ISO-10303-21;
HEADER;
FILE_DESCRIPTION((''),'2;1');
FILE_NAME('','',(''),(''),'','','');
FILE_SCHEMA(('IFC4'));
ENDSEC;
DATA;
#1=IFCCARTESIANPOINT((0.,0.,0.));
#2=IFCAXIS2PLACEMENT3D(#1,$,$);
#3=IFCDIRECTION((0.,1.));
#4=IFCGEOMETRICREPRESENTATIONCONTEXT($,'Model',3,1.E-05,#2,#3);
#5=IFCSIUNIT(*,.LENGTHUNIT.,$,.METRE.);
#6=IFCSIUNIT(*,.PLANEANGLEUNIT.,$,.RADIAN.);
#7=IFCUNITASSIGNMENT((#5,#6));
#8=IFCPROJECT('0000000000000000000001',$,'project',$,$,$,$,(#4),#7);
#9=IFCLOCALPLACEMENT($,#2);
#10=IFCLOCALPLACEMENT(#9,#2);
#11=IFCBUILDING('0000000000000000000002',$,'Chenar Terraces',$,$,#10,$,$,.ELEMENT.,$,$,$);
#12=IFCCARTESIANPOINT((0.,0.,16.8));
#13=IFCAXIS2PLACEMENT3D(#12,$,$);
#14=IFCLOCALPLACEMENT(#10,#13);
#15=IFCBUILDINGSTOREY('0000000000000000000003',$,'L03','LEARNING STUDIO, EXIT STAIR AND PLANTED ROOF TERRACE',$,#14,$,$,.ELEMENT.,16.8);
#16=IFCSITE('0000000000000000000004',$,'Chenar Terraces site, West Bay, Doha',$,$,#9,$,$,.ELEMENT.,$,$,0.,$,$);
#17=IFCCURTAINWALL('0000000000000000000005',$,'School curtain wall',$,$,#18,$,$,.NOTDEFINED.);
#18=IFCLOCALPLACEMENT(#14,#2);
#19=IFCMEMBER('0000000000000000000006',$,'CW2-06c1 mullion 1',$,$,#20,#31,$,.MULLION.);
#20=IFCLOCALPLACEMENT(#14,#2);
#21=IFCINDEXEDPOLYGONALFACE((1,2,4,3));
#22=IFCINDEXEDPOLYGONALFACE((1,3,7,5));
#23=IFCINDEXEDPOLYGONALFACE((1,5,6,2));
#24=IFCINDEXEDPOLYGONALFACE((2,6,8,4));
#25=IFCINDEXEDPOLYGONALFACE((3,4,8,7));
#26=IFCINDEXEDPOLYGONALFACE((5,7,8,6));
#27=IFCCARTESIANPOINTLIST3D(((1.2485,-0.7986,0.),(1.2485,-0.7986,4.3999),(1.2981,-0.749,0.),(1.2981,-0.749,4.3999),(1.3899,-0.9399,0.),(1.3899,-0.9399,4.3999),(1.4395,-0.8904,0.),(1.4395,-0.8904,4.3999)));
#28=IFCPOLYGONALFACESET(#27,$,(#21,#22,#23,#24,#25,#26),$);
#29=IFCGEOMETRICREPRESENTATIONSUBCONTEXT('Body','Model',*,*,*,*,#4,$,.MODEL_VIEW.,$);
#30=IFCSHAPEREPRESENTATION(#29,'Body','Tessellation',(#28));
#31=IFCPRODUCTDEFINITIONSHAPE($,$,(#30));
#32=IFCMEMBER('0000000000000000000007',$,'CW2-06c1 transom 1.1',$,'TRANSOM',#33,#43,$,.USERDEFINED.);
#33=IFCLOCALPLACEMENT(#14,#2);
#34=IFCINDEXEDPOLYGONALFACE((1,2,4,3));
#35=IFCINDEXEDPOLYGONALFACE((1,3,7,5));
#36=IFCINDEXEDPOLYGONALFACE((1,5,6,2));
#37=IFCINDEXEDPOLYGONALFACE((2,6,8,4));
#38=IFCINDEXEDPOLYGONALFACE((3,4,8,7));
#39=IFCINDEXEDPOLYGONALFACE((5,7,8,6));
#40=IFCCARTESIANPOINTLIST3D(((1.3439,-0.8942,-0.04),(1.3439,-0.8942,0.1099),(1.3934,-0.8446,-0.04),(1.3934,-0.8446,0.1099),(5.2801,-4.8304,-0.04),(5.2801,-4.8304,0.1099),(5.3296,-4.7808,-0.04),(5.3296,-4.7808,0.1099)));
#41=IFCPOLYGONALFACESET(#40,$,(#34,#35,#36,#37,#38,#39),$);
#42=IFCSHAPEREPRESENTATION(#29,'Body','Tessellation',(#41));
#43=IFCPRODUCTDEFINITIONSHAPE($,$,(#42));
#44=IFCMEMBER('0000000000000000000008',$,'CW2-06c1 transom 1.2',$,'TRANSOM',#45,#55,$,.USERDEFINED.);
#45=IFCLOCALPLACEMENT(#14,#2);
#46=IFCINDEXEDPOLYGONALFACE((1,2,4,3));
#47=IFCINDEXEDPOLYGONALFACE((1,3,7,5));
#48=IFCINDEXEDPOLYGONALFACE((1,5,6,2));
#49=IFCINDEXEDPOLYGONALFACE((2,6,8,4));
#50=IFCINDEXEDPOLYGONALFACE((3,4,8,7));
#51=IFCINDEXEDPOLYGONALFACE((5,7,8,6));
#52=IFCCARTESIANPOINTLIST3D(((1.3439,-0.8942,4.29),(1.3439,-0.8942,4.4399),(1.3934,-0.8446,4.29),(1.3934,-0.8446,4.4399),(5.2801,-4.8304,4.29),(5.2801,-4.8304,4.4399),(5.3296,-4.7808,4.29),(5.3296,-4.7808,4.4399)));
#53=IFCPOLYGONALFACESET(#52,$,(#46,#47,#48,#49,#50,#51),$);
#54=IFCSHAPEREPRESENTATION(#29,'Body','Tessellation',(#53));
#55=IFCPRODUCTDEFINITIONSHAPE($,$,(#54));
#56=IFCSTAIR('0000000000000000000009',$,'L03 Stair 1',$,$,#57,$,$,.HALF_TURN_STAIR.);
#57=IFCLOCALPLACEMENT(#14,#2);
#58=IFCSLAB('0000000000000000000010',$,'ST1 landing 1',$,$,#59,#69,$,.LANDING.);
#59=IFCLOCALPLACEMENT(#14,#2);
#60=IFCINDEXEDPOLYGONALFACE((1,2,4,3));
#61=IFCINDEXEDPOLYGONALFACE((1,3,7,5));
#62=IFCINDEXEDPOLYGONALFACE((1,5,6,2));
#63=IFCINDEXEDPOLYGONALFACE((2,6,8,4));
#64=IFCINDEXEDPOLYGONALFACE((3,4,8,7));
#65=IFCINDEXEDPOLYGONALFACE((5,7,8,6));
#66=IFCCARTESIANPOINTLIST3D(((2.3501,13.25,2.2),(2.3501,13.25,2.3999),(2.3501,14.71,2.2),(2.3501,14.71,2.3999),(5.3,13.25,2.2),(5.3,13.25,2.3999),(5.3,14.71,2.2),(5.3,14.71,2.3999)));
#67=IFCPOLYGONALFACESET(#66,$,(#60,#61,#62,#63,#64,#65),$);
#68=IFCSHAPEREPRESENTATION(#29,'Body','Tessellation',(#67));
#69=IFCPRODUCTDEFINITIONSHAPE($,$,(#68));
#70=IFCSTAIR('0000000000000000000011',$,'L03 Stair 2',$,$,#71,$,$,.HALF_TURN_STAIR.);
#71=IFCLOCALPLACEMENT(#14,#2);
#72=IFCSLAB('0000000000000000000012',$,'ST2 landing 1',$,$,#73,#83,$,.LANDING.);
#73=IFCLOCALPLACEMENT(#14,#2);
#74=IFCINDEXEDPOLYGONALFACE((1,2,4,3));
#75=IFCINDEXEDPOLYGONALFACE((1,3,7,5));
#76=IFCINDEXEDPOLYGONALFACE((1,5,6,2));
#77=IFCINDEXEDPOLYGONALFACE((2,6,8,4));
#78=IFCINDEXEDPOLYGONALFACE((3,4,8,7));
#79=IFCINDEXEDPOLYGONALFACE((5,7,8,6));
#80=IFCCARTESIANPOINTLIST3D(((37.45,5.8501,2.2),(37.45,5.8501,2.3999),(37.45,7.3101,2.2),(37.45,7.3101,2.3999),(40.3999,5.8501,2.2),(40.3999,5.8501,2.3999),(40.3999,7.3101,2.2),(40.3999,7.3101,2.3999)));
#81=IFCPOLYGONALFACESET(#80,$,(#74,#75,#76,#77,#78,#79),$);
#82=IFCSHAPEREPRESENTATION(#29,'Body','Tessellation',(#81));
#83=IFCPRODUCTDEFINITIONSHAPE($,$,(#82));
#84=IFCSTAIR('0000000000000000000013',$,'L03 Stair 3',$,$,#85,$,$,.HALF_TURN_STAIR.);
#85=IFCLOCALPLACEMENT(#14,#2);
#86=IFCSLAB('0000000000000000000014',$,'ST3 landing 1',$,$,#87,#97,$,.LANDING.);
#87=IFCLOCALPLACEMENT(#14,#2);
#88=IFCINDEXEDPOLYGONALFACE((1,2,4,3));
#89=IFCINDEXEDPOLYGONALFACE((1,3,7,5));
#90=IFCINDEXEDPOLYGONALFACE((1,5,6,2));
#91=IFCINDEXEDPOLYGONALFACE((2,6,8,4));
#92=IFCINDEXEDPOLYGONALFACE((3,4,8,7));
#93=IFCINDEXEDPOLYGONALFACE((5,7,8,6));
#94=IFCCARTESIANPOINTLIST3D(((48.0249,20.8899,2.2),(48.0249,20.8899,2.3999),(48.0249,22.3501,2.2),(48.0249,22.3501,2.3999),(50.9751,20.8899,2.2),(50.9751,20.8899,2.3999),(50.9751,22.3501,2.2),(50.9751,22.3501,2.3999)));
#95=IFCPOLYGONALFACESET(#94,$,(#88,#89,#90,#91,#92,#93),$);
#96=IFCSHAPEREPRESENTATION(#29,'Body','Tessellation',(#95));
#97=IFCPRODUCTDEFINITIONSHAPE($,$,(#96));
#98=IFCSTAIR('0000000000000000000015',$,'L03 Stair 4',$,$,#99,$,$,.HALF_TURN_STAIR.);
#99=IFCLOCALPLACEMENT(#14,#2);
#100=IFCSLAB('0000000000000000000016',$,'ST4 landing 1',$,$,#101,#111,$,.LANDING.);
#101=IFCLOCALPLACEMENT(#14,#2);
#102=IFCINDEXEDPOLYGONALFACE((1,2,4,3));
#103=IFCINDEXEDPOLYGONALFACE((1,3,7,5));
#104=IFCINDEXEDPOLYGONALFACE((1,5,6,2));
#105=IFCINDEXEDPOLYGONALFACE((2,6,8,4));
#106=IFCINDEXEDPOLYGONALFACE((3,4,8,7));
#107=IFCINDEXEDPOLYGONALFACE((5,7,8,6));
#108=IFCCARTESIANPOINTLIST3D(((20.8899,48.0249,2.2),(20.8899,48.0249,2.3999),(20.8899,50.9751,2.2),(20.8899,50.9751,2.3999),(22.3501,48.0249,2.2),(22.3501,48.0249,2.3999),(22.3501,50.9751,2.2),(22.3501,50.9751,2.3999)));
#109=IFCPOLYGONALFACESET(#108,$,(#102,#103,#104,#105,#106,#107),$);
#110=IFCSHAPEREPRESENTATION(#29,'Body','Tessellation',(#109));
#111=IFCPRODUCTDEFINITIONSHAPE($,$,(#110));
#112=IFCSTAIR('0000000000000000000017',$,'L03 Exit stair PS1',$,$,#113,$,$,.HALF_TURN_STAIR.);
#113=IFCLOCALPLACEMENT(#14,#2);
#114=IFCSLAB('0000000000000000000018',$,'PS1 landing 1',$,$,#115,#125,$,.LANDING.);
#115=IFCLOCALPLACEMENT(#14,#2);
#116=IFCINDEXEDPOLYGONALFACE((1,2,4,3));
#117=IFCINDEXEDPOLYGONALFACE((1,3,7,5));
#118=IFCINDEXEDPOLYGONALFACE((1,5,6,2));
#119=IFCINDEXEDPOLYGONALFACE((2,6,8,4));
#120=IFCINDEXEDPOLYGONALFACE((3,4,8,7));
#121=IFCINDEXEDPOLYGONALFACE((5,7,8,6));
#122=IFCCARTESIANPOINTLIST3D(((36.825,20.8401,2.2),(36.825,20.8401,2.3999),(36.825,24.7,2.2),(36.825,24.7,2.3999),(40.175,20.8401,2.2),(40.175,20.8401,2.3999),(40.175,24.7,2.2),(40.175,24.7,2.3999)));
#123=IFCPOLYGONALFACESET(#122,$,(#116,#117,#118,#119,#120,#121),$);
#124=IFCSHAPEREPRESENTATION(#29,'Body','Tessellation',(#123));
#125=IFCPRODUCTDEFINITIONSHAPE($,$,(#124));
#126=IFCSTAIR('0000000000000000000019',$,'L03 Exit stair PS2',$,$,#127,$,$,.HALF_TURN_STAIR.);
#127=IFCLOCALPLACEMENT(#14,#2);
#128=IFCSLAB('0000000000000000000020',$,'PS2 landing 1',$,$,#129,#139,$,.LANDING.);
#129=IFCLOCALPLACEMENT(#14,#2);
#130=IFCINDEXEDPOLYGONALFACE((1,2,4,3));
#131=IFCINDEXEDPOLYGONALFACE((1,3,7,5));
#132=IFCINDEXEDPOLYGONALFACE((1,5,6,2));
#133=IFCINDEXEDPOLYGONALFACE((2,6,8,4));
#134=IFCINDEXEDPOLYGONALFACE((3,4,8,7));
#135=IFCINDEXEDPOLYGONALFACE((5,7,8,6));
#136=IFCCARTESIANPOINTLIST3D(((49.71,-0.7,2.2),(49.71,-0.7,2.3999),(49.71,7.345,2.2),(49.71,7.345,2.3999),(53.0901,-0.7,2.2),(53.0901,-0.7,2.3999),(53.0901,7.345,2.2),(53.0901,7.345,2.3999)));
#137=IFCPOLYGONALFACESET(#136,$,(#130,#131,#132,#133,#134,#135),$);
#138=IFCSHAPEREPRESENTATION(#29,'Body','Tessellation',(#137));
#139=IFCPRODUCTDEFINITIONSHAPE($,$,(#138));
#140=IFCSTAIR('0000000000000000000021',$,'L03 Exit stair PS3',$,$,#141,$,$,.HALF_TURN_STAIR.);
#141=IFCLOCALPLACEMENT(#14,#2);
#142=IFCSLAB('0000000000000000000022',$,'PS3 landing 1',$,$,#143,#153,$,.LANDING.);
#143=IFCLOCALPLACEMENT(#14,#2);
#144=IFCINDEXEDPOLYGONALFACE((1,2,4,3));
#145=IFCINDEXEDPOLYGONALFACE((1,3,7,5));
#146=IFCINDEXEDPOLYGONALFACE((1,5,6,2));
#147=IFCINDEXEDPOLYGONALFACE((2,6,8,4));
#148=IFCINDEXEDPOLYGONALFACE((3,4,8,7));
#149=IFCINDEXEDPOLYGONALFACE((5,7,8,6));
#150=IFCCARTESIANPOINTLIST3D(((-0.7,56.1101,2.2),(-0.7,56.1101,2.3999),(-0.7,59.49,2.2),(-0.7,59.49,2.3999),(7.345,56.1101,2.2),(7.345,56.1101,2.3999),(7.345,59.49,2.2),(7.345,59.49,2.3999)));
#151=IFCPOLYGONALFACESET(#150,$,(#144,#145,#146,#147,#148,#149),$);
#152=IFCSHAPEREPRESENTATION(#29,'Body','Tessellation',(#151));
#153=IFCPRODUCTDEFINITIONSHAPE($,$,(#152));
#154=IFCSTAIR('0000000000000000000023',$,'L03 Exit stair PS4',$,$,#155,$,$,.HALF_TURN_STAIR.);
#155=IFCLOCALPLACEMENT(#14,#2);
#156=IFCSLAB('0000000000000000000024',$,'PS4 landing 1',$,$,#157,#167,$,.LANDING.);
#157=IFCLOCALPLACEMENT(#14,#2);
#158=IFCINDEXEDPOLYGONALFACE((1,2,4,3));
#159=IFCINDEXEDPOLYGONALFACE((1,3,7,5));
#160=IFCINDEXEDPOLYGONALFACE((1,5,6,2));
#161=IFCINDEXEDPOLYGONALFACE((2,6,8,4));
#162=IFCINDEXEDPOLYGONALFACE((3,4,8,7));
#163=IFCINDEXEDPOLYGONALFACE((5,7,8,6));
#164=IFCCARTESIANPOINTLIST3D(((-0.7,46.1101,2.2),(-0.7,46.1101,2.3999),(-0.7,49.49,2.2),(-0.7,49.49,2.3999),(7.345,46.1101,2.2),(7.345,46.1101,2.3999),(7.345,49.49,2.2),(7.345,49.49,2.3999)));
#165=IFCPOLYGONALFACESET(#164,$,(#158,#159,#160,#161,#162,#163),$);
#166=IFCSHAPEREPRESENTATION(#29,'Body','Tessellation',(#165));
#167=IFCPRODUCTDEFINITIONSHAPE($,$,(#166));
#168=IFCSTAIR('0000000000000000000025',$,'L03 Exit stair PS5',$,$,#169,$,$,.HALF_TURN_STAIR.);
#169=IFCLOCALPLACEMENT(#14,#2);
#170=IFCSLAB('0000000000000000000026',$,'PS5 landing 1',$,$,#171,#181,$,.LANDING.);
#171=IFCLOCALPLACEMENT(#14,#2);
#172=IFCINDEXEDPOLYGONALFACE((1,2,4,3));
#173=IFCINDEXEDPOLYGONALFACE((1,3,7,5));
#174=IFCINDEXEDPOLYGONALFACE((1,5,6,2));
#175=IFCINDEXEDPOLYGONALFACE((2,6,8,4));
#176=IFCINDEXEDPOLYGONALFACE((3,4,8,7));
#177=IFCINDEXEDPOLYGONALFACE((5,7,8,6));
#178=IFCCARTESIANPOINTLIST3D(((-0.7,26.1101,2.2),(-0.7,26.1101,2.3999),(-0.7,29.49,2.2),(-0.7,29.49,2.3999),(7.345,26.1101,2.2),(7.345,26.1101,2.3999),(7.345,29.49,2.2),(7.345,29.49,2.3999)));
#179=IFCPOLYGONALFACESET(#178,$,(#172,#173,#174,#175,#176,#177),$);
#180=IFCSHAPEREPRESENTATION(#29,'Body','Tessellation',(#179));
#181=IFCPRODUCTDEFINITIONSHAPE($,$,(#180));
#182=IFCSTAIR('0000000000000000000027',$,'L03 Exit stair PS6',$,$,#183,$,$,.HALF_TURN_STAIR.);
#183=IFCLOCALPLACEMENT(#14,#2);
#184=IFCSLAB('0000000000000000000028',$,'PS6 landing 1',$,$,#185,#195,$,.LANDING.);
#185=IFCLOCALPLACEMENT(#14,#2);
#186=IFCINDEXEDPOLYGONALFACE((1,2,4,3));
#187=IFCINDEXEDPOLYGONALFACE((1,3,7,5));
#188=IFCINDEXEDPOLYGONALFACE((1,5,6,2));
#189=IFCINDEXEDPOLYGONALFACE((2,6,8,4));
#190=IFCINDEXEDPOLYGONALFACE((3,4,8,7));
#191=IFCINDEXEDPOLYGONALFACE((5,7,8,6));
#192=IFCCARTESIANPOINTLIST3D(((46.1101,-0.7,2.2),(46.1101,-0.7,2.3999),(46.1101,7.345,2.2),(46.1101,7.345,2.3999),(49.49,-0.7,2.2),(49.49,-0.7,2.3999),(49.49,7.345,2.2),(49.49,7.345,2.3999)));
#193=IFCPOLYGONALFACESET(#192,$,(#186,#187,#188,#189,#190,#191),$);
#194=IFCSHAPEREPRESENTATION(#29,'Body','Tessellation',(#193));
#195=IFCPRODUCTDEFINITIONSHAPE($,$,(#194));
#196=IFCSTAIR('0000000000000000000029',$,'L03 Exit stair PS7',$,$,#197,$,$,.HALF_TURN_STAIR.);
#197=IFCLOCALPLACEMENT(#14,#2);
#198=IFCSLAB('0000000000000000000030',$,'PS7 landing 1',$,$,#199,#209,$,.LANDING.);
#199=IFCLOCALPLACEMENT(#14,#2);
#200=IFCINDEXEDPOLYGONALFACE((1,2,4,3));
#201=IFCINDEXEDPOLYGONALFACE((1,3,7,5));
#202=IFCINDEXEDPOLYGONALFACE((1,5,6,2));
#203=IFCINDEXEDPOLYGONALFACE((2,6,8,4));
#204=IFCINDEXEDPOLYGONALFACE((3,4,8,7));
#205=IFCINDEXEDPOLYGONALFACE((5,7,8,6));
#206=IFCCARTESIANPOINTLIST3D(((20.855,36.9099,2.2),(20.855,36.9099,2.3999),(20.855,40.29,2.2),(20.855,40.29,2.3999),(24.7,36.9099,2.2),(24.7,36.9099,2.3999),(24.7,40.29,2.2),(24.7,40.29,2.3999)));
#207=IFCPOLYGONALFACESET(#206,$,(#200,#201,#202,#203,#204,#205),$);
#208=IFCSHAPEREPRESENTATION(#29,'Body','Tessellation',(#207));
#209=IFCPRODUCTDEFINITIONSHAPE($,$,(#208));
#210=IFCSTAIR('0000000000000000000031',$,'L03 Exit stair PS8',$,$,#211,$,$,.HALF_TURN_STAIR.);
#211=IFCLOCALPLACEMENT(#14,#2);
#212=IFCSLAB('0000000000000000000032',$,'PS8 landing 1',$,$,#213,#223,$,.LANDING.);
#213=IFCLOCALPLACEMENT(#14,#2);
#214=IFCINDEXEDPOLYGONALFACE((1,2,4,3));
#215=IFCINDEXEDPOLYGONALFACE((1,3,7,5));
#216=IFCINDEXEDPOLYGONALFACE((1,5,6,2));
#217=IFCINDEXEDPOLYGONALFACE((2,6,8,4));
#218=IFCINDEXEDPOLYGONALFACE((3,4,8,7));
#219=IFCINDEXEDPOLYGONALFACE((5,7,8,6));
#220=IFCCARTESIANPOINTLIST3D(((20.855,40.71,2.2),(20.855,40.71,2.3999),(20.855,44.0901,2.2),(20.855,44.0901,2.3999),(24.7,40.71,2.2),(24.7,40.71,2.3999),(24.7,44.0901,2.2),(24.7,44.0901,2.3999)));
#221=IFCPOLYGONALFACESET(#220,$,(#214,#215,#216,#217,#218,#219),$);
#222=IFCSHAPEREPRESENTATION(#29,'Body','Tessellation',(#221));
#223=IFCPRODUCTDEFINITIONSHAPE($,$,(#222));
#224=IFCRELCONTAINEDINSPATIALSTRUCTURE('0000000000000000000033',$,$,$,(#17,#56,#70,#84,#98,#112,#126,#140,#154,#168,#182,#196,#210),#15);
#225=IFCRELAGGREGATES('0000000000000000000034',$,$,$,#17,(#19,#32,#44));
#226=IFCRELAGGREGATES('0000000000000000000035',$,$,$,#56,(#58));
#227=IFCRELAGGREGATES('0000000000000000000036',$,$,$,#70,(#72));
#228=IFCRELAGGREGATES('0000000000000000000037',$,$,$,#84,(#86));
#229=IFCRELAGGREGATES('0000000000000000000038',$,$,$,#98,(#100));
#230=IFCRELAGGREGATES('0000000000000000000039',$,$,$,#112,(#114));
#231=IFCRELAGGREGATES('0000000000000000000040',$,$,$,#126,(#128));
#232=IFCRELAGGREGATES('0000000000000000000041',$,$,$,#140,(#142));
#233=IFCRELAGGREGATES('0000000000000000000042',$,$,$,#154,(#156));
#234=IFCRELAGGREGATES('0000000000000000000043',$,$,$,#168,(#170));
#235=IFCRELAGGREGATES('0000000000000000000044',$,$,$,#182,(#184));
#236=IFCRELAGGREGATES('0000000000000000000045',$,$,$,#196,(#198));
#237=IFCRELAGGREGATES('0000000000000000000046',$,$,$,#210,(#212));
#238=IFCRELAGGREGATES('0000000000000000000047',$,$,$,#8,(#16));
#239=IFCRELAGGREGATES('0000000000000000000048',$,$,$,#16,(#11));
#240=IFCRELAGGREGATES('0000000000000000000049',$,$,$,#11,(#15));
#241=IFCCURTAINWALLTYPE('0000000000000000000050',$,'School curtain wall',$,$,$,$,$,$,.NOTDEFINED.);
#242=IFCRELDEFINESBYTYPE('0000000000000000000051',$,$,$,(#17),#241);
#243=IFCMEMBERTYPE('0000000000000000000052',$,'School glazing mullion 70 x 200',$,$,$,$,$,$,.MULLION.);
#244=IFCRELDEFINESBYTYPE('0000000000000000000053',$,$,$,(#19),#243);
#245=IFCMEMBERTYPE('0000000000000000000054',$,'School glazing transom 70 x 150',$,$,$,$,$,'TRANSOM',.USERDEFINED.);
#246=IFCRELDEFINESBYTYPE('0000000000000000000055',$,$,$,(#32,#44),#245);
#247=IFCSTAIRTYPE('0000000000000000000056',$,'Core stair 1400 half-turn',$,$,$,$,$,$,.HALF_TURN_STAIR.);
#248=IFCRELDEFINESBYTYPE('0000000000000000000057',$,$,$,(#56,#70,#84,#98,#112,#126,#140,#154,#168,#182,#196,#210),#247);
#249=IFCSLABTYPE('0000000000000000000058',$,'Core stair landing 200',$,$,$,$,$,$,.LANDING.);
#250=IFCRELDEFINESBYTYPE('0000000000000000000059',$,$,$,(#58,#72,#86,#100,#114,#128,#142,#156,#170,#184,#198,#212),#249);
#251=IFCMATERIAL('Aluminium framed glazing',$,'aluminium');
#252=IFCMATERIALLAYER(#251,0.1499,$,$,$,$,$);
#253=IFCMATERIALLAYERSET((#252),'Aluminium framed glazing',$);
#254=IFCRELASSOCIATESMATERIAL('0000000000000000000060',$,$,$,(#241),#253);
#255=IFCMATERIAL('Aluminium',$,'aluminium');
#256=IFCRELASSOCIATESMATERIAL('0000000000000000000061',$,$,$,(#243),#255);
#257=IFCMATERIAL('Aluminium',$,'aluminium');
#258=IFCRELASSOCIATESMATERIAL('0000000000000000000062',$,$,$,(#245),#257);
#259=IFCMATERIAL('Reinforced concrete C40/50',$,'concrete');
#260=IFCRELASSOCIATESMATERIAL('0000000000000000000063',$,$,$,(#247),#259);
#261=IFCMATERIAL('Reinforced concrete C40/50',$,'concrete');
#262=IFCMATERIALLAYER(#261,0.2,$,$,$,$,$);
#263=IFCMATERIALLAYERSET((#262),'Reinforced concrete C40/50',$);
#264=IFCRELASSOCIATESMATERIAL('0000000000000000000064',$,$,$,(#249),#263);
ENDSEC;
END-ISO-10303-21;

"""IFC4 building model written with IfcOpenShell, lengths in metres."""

from ifc_helpers import new_model, si_unit, direction, frame, origin, origin_2d, place, context, subcontext, project, spatial, polyline, rectangle, outline, extrude, material, layer, layer_set, material_profile, profile_set, type_object, element, aggregate, save


model = new_model("IFC4")

# Units and contexts
model_context = context("Model", 3, precision=1e-05, world=origin(), true_north=direction((0.0, 1.0)))
body_context = subcontext(model_context, "Body", "Model", "MODEL_VIEW")
ifc_project = project(units=[si_unit("LENGTHUNIT", "METRE"), si_unit("PLANEANGLEUNIT", "RADIAN")], contexts=[model_context])

# Site, building, storey
site_placement = place(None, origin())
site = spatial("IfcSite", under=ifc_project, at=site_placement, Name="Chenar Terraces site, West Bay, Doha", CompositionType="ELEMENT", RefElevation=0.0)
building_placement = place(site_placement, origin())
building = spatial("IfcBuilding", under=site, at=building_placement, Name="Chenar Terraces", CompositionType="ELEMENT")
storey_placement = place(building_placement, frame((0.0, 0.0, 16.8)))
storey = spatial("IfcBuildingStorey", under=building, at=storey_placement, Name="L03", Description="LEARNING STUDIO, EXIT STAIR AND PLANTED ROOF TERRACE", CompositionType="ELEMENT", Elevation=16.8)

# Curtain wall, members
ifc_material_1 = material(Name="Aluminium framed glazing", Category="aluminium")
ifc_layer_1 = layer(ifc_material_1, 0.1499)
ifc_layer_set_1 = layer_set([ifc_layer_1], Name="Aluminium framed glazing")
curtain_wall_type = type_object("IfcCurtainWallType", Name="School curtain wall", PredefinedType="NOTDEFINED", material=ifc_layer_set_1)
placement_1 = place(storey_placement, origin())
curtain_wall = element("IfcCurtainWall", 1, at=placement_1, inside=storey, type_object=curtain_wall_type, Name="School curtain wall", PredefinedType="NOTDEFINED")
ifc_material_2 = material(Name="Aluminium", Category="aluminium")
ifc_material_profile_1 = material_profile(ifc_material_2, rectangle(XDim=0.0701, YDim=0.2, at=origin_2d()), Name="School glazing mullion 70 x 200")
ifc_profile_set_1 = profile_set([ifc_material_profile_1], Name="Aluminium")
member_type_1 = type_object("IfcMemberType", Name="School glazing mullion 70 x 200", PredefinedType="MULLION", material=ifc_profile_set_1)
member_1_placement = place(storey_placement, frame((1.344, -0.8445, 0.0), z_axis=(0.0, 0.0, 1.0), x_axis=(0.707107, 0.707107, 0.0)))
member_1 = element("IfcMember", 2, at=member_1_placement, type_object=member_type_1, Name="CW2-06c1 mullion 1", PredefinedType="MULLION", context=body_context, shape_type="SweptSolid", body=[
    extrude(rectangle(XDim=0.0701, YDim=0.2, at=origin_2d()), origin(), (0.0, 0.0, 1.0), 4.3999),
])
ifc_material_3 = material(Name="Aluminium", Category="aluminium")
ifc_material_profile_2 = material_profile(ifc_material_3, rectangle(XDim=0.0701, YDim=0.1499, at=origin_2d()), Name="School glazing transom 70 x 150")
ifc_profile_set_2 = profile_set([ifc_material_profile_2], Name="Aluminium")
member_type_2 = type_object("IfcMemberType", Name="School glazing transom 70 x 150", ElementType="TRANSOM", PredefinedType="USERDEFINED", material=ifc_profile_set_2)
member_2_placement = place(storey_placement, frame((1.3687, -0.8694, 0.0349), z_axis=(0.707107, -0.707107, 0.0), x_axis=(0.707107, 0.707107, 0.0)))
member_2 = element("IfcMember", 3, at=member_2_placement, type_object=member_type_2, Name="CW2-06c1 transom 1.1", ObjectType="TRANSOM", PredefinedType="USERDEFINED", context=body_context, shape_type="SweptSolid", body=[
    extrude(rectangle(XDim=0.0701, YDim=0.1499, at=origin_2d()), origin(), (0.0, 0.0, 1.0), 5.5667),
])
member_3_placement = place(storey_placement, frame((1.3687, -0.8694, 4.365), z_axis=(0.707107, -0.707107, 0.0), x_axis=(0.707107, 0.707107, 0.0)))
member_3 = element("IfcMember", 4, at=member_3_placement, type_object=member_type_2, Name="CW2-06c1 transom 1.2", ObjectType="TRANSOM", PredefinedType="USERDEFINED", context=body_context, shape_type="SweptSolid", body=[
    extrude(rectangle(XDim=0.0701, YDim=0.1499, at=origin_2d()), origin(), (0.0, 0.0, 1.0), 5.5667),
])
aggregate(curtain_wall, [member_1, member_2, member_3])

# Stairs, slabs
ifc_material_4 = material(Name="Reinforced concrete C40/50", Category="concrete")
stair_type = type_object("IfcStairType", Name="Core stair 1400 half-turn", PredefinedType="HALF_TURN_STAIR", material=ifc_material_4)
stair_1 = element("IfcStair", 5, at=placement_1, inside=storey, type_object=stair_type, Name="L03 Stair 1", PredefinedType="HALF_TURN_STAIR")
ifc_material_5 = material(Name="Reinforced concrete C40/50", Category="concrete")
ifc_layer_2 = layer(ifc_material_5, 0.2)
ifc_layer_set_2 = layer_set([ifc_layer_2], Name="Reinforced concrete C40/50")
slab_type_1 = type_object("IfcSlabType", Name="Core stair landing 200", PredefinedType="LANDING", material=ifc_layer_set_2)
placement_2 = place(storey_placement, frame((0.0, 0.0, 2.2)))
slab_1 = element("IfcSlab", 6, at=placement_2, type_object=slab_type_1, Name="ST1 landing 1", PredefinedType="LANDING", context=body_context, shape_type="SweptSolid", body=[
    extrude(outline(polyline([(2.3501, 14.71), (2.3501, 13.25), (5.3, 13.25), (5.3, 14.71), (2.3501, 14.71)])), origin(), (0.0, 0.0, 1.0), 0.2),
])
aggregate(stair_1, [slab_1])
stair_2 = element("IfcStair", 7, at=placement_1, inside=storey, type_object=stair_type, Name="L03 Stair 2", PredefinedType="HALF_TURN_STAIR")
slab_2 = element("IfcSlab", 8, at=placement_2, type_object=slab_type_1, Name="ST2 landing 1", PredefinedType="LANDING", context=body_context, shape_type="SweptSolid", body=[
    extrude(outline(polyline([(37.45, 7.3101), (37.45, 5.8501), (40.3999, 5.8501), (40.3999, 7.3101), (37.45, 7.3101)])), origin(), (0.0, 0.0, 1.0), 0.2),
])
aggregate(stair_2, [slab_2])
stair_3 = element("IfcStair", 9, at=placement_1, inside=storey, type_object=stair_type, Name="L03 Stair 3", PredefinedType="HALF_TURN_STAIR")
slab_3 = element("IfcSlab", 10, at=placement_2, type_object=slab_type_1, Name="ST3 landing 1", PredefinedType="LANDING", context=body_context, shape_type="SweptSolid", body=[
    extrude(outline(polyline([(50.9751, 20.8899), (50.9751, 22.3501), (48.0249, 22.3501), (48.0249, 20.8899), (50.9751, 20.8899)])), origin(), (0.0, 0.0, 1.0), 0.2),
])
aggregate(stair_3, [slab_3])
stair_4 = element("IfcStair", 11, at=placement_1, inside=storey, type_object=stair_type, Name="L03 Stair 4", PredefinedType="HALF_TURN_STAIR")
slab_4 = element("IfcSlab", 12, at=placement_2, type_object=slab_type_1, Name="ST4 landing 1", PredefinedType="LANDING", context=body_context, shape_type="SweptSolid", body=[
    extrude(outline(polyline([(20.8899, 48.0249), (22.3501, 48.0249), (22.3501, 50.9751), (20.8899, 50.9751), (20.8899, 48.0249)])), origin(), (0.0, 0.0, 1.0), 0.2),
])
aggregate(stair_4, [slab_4])
stair_5 = element("IfcStair", 13, at=placement_1, inside=storey, type_object=stair_type, Name="L03 Exit stair PS1", PredefinedType="HALF_TURN_STAIR")
slab_5 = element("IfcSlab", 14, at=placement_2, type_object=slab_type_1, Name="PS1 landing 1", PredefinedType="LANDING", context=body_context, shape_type="SweptSolid", body=[
    extrude(outline(polyline([(40.175, 20.8401), (40.175, 24.7), (36.825, 24.7), (36.825, 20.8401), (40.175, 20.8401)])), origin(), (0.0, 0.0, 1.0), 0.2),
])
aggregate(stair_5, [slab_5])
stair_6 = element("IfcStair", 15, at=placement_1, inside=storey, type_object=stair_type, Name="L03 Exit stair PS2", PredefinedType="HALF_TURN_STAIR")
slab_6 = element("IfcSlab", 16, at=placement_2, type_object=slab_type_1, Name="PS2 landing 1", PredefinedType="LANDING", context=body_context, shape_type="SweptSolid", body=[
    extrude(outline(polyline([(49.71, 7.345), (49.71, -0.7), (53.0901, -0.7), (53.0901, 7.345), (49.71, 7.345)])), origin(), (0.0, 0.0, 1.0), 0.2),
])
aggregate(stair_6, [slab_6])
stair_7 = element("IfcStair", 17, at=placement_1, inside=storey, type_object=stair_type, Name="L03 Exit stair PS3", PredefinedType="HALF_TURN_STAIR")
slab_7 = element("IfcSlab", 18, at=placement_2, type_object=slab_type_1, Name="PS3 landing 1", PredefinedType="LANDING", context=body_context, shape_type="SweptSolid", body=[
    extrude(outline(polyline([(7.345, 59.49), (-0.7, 59.49), (-0.7, 56.1101), (7.345, 56.1101), (7.345, 59.49)])), origin(), (0.0, 0.0, 1.0), 0.2),
])
aggregate(stair_7, [slab_7])
stair_8 = element("IfcStair", 19, at=placement_1, inside=storey, type_object=stair_type, Name="L03 Exit stair PS4", PredefinedType="HALF_TURN_STAIR")
slab_8 = element("IfcSlab", 20, at=placement_2, type_object=slab_type_1, Name="PS4 landing 1", PredefinedType="LANDING", context=body_context, shape_type="SweptSolid", body=[
    extrude(outline(polyline([(7.345, 49.49), (-0.7, 49.49), (-0.7, 46.1101), (7.345, 46.1101), (7.345, 49.49)])), origin(), (0.0, 0.0, 1.0), 0.2),
])
aggregate(stair_8, [slab_8])
stair_9 = element("IfcStair", 21, at=placement_1, inside=storey, type_object=stair_type, Name="L03 Exit stair PS5", PredefinedType="HALF_TURN_STAIR")
slab_9 = element("IfcSlab", 22, at=placement_2, type_object=slab_type_1, Name="PS5 landing 1", PredefinedType="LANDING", context=body_context, shape_type="SweptSolid", body=[
    extrude(outline(polyline([(7.345, 29.49), (-0.7, 29.49), (-0.7, 26.1101), (7.345, 26.1101), (7.345, 29.49)])), origin(), (0.0, 0.0, 1.0), 0.2),
])
aggregate(stair_9, [slab_9])
stair_10 = element("IfcStair", 23, at=placement_1, inside=storey, type_object=stair_type, Name="L03 Exit stair PS6", PredefinedType="HALF_TURN_STAIR")
slab_10 = element("IfcSlab", 24, at=placement_2, type_object=slab_type_1, Name="PS6 landing 1", PredefinedType="LANDING", context=body_context, shape_type="SweptSolid", body=[
    extrude(outline(polyline([(46.1101, 7.345), (46.1101, -0.7), (49.49, -0.7), (49.49, 7.345), (46.1101, 7.345)])), origin(), (0.0, 0.0, 1.0), 0.2),
])
aggregate(stair_10, [slab_10])
stair_11 = element("IfcStair", 25, at=placement_1, inside=storey, type_object=stair_type, Name="L03 Exit stair PS7", PredefinedType="HALF_TURN_STAIR")
slab_11 = element("IfcSlab", 26, at=placement_2, type_object=slab_type_1, Name="PS7 landing 1", PredefinedType="LANDING", context=body_context, shape_type="SweptSolid", body=[
    extrude(outline(polyline([(20.855, 36.9099), (24.7, 36.9099), (24.7, 40.29), (20.855, 40.29), (20.855, 36.9099)])), origin(), (0.0, 0.0, 1.0), 0.2),
])
aggregate(stair_11, [slab_11])
stair_12 = element("IfcStair", 27, at=placement_1, inside=storey, type_object=stair_type, Name="L03 Exit stair PS8", PredefinedType="HALF_TURN_STAIR")
slab_12 = element("IfcSlab", 28, at=placement_2, type_object=slab_type_1, Name="PS8 landing 1", PredefinedType="LANDING", context=body_context, shape_type="SweptSolid", body=[
    extrude(outline(polyline([(20.855, 40.71), (24.7, 40.71), (24.7, 44.0901), (20.855, 44.0901), (20.855, 40.71)])), origin(), (0.0, 0.0, 1.0), 0.2),
])
aggregate(stair_12, [slab_12])

save(model, "model.ifc")
